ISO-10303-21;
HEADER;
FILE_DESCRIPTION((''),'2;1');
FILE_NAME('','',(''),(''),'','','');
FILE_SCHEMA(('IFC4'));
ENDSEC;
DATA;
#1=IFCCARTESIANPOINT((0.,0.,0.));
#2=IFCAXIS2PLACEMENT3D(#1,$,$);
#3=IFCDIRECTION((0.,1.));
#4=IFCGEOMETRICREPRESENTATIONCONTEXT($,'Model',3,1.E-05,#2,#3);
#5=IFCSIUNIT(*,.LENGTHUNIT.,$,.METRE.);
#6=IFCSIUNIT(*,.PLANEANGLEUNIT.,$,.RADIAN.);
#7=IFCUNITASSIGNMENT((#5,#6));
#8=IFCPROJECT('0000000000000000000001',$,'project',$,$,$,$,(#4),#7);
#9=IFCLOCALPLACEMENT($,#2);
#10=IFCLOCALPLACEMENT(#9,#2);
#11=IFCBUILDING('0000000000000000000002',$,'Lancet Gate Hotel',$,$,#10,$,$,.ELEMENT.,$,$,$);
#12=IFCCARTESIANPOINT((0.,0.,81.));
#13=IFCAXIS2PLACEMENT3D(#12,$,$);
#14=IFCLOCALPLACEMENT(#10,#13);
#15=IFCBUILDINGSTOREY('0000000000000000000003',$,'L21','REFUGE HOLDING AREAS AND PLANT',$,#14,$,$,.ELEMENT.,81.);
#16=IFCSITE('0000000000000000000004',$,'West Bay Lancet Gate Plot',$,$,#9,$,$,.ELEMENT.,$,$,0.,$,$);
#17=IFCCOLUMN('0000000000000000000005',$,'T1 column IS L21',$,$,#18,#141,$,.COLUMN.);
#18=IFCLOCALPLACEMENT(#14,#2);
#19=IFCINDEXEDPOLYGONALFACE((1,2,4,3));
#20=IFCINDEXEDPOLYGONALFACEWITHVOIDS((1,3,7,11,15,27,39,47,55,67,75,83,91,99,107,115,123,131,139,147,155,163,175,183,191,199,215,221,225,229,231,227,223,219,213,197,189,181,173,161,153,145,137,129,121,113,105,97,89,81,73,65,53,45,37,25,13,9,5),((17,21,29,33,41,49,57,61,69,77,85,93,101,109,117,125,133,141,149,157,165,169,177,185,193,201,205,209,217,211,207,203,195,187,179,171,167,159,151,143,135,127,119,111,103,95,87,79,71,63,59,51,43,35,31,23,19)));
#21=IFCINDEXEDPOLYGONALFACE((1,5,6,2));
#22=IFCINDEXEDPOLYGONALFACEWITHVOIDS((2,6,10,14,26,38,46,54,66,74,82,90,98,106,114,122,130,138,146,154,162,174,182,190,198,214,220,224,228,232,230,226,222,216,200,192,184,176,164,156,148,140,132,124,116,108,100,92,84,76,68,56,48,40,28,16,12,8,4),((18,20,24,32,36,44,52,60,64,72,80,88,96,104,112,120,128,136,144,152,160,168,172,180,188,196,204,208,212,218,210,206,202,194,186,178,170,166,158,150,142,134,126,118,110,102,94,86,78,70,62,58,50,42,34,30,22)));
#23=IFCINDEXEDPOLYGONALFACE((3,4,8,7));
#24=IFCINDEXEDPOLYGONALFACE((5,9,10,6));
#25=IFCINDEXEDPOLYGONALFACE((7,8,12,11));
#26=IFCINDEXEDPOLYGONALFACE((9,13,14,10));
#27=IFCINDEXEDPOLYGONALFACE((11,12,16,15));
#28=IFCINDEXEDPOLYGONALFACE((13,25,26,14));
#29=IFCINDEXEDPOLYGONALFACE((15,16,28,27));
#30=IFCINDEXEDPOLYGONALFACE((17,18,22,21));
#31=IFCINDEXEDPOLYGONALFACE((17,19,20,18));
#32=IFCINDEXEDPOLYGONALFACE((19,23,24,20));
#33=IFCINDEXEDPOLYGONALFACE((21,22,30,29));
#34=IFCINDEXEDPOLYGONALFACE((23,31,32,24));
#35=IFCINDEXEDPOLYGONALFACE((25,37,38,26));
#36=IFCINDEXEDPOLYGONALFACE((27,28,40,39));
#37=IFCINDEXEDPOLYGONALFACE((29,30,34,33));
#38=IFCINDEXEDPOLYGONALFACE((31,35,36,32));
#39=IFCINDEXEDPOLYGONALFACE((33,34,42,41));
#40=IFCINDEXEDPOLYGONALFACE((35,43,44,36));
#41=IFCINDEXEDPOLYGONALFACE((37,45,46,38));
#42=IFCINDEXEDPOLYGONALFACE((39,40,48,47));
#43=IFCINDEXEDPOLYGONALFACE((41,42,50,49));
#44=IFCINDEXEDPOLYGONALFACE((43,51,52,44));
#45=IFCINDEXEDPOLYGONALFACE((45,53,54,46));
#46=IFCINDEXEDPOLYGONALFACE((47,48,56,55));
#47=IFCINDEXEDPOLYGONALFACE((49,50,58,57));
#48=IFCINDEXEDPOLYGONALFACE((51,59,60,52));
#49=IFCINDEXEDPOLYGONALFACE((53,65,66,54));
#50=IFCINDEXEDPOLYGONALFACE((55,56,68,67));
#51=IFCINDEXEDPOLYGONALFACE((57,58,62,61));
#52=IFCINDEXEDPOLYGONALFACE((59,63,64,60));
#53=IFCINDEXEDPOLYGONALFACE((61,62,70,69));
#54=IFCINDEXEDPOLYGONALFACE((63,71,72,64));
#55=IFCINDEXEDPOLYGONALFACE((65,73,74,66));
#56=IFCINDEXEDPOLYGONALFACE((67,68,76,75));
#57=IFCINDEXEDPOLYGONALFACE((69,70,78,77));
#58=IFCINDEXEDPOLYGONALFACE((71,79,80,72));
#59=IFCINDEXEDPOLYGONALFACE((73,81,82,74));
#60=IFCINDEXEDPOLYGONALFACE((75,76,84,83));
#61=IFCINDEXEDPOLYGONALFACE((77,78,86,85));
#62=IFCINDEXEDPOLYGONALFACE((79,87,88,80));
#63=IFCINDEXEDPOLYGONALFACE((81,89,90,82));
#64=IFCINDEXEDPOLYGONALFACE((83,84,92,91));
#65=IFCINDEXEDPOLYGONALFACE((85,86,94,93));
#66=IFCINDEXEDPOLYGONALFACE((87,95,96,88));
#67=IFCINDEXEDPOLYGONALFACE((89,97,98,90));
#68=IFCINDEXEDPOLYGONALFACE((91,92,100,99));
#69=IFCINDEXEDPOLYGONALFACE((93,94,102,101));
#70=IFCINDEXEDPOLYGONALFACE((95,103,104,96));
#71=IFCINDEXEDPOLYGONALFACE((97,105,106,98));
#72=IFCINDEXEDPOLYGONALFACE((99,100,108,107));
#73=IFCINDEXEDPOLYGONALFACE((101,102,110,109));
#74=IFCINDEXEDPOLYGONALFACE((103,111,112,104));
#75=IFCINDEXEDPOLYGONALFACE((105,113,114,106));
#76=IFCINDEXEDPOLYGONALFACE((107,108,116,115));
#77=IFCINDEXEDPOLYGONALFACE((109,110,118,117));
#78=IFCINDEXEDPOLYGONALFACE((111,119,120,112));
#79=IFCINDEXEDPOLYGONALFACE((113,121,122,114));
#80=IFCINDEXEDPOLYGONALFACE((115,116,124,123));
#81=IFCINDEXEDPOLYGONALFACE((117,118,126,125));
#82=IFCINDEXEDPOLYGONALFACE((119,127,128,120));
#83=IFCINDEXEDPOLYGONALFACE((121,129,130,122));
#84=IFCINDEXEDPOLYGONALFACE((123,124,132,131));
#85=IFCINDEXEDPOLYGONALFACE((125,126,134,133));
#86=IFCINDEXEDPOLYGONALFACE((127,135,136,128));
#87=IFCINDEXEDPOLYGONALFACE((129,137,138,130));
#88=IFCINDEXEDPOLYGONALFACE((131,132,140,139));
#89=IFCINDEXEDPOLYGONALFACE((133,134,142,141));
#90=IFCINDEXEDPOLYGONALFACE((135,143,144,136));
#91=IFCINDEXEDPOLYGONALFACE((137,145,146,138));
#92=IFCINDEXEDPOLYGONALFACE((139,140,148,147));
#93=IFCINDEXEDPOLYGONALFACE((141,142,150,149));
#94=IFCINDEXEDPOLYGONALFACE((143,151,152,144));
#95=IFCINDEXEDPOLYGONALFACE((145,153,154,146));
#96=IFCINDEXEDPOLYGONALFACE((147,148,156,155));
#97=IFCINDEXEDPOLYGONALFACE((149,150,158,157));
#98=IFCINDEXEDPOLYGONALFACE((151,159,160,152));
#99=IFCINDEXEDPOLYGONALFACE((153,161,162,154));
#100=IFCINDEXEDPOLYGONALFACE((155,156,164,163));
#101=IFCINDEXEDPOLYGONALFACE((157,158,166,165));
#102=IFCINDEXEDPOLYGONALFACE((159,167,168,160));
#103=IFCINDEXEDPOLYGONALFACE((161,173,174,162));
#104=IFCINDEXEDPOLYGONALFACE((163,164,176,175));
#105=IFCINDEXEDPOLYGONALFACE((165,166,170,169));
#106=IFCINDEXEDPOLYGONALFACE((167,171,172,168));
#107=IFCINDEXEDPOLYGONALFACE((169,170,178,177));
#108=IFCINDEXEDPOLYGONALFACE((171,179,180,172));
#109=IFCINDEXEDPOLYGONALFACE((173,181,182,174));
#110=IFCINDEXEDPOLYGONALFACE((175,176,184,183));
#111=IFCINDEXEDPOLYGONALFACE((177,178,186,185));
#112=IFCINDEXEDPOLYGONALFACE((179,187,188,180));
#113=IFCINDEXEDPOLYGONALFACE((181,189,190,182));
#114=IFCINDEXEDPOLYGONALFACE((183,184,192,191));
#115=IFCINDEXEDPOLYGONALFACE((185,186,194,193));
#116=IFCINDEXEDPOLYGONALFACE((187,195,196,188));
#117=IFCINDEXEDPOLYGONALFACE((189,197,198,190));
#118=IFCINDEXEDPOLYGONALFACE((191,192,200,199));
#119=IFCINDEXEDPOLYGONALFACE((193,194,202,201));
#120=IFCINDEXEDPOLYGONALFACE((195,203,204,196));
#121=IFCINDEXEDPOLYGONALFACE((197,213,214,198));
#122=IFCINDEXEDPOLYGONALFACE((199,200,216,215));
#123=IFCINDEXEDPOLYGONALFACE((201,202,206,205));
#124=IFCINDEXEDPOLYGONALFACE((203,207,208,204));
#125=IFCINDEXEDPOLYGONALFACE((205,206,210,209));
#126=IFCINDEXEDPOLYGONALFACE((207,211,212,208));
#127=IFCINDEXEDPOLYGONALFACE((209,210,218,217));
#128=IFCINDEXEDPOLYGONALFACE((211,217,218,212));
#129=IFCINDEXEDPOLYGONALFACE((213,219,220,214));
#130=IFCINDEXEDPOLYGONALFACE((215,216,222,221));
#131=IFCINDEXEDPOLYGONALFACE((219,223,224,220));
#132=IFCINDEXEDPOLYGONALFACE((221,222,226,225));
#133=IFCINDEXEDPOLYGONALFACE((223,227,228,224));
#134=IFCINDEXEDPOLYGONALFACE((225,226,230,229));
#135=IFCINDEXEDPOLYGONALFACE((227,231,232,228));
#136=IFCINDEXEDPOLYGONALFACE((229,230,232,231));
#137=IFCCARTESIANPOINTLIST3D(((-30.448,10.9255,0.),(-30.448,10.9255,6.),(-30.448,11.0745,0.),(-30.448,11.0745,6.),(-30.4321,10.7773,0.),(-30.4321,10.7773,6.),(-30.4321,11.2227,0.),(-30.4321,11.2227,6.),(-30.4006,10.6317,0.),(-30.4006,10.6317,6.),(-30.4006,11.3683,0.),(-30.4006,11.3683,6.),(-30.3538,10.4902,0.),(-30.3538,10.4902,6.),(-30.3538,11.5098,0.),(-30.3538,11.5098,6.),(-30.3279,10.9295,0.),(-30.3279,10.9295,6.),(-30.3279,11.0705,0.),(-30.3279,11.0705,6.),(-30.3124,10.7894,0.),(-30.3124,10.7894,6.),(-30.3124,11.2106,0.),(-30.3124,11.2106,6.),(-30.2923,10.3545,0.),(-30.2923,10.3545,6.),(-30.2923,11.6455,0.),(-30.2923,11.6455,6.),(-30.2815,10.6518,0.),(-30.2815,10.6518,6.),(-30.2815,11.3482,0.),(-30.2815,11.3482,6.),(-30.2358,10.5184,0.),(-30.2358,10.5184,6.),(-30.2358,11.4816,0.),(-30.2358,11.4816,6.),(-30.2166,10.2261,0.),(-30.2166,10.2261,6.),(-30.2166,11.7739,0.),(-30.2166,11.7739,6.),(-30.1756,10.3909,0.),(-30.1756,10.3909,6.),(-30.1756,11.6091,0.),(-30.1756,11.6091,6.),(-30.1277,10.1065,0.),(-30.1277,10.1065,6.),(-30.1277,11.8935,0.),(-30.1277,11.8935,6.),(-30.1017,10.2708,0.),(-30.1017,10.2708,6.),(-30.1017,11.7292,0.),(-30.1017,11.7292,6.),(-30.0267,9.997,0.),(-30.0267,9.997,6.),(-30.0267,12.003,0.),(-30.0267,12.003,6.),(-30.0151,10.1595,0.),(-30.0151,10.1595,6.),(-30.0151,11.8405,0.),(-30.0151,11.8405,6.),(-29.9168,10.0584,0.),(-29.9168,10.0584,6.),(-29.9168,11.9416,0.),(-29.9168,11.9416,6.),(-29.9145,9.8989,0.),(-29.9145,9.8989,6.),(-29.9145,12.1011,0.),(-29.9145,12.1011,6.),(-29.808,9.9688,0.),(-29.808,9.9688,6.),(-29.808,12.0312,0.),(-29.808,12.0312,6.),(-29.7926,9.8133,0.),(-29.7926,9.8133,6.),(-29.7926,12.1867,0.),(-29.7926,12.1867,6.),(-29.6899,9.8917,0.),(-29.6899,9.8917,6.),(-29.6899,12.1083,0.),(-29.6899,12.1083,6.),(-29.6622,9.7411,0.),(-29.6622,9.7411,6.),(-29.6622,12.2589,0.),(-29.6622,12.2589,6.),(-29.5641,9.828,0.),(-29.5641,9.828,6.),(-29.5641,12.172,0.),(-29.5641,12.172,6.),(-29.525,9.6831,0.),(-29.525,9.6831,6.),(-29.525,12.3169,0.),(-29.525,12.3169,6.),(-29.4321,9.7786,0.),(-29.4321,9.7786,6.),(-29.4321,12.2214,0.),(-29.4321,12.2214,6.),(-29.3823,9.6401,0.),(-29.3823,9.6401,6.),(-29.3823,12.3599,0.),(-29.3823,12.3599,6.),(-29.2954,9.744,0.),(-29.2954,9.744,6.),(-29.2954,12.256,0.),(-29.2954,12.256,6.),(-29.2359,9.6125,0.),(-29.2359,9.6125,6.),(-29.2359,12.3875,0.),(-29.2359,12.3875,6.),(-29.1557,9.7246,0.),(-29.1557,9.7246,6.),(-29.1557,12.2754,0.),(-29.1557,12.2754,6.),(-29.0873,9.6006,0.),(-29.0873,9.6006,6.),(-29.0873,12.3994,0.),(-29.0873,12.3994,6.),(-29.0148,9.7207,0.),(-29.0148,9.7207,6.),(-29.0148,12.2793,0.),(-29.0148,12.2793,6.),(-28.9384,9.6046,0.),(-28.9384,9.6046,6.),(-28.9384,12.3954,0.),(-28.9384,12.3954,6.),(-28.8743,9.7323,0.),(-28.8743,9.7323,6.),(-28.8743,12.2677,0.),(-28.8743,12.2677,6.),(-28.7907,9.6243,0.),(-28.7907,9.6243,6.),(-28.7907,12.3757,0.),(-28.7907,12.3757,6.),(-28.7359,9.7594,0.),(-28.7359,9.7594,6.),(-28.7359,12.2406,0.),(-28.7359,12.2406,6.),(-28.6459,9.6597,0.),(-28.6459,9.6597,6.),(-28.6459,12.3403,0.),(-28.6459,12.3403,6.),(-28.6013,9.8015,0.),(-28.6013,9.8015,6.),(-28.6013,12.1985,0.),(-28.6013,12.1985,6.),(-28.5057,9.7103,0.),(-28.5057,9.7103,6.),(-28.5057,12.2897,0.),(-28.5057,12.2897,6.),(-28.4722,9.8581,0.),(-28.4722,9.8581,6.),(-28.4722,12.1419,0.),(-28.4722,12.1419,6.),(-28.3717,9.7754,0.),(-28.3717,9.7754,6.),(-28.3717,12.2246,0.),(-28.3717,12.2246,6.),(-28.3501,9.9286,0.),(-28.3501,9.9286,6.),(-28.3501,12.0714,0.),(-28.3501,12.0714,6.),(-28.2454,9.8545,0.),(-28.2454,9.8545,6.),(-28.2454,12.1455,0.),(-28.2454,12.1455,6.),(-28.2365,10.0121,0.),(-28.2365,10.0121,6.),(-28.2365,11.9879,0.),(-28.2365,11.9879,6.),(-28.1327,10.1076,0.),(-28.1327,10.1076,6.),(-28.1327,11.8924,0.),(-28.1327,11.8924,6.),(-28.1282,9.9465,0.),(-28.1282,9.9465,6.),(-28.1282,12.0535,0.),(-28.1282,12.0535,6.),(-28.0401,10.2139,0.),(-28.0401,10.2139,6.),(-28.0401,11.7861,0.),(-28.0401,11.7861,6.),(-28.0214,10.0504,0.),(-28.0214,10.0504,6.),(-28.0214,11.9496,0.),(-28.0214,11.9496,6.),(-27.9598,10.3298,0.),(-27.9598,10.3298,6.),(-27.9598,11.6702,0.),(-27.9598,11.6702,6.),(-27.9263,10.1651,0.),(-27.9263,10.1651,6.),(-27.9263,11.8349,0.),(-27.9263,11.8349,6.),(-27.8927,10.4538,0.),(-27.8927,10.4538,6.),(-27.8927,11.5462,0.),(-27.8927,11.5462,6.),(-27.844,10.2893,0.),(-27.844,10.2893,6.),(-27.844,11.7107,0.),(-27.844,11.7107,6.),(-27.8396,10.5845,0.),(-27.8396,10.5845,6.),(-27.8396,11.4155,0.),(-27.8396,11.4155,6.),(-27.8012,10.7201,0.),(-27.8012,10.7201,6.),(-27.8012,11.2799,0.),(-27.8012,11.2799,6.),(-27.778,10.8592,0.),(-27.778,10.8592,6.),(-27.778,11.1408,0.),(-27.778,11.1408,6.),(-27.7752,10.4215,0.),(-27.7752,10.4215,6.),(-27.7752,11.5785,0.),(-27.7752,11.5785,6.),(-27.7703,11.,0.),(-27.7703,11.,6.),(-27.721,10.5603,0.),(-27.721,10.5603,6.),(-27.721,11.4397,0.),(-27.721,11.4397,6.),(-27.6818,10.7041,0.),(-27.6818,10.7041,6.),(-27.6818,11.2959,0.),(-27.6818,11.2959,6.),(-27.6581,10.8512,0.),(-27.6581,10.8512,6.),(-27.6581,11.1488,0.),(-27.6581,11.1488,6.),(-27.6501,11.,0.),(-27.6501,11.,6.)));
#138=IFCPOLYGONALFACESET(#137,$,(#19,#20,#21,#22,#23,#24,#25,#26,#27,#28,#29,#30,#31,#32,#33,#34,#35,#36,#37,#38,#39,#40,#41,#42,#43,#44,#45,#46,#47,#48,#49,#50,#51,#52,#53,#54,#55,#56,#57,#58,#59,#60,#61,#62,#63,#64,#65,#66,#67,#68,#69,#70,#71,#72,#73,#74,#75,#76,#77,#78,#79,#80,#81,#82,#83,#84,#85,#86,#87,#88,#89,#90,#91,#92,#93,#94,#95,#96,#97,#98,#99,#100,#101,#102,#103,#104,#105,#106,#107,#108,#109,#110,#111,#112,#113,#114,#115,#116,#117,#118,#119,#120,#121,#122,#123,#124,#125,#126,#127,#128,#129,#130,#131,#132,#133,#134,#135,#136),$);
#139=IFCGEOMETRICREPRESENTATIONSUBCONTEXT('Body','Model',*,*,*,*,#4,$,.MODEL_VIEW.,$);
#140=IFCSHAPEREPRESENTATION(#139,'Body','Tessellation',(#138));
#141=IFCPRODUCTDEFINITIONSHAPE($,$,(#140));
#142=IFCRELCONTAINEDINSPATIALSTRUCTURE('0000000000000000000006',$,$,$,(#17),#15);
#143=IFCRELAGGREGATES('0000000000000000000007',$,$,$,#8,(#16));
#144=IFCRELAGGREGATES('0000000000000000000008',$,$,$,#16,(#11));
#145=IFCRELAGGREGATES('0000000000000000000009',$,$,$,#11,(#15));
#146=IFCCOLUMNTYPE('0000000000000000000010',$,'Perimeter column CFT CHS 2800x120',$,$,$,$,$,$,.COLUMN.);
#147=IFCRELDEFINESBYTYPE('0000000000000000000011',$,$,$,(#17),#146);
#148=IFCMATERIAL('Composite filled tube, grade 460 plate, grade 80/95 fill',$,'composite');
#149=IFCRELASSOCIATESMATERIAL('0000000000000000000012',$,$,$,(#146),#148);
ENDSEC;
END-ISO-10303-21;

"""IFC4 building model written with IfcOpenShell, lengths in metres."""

from ifc_helpers import new_model, si_unit, direction, frame, origin, origin_2d, place, context, subcontext, project, spatial, hollow_circle, extrude, material, material_profile, profile_set, type_object, element, save


model = new_model("IFC4")

# Units and contexts
model_context = context("Model", 3, precision=1e-05, world=origin(), true_north=direction((0.0, 1.0)))
body_context = subcontext(model_context, "Body", "Model", "MODEL_VIEW")
ifc_project = project(units=[si_unit("LENGTHUNIT", "METRE"), si_unit("PLANEANGLEUNIT", "RADIAN")], contexts=[model_context])

# Site, building, storey
site_placement = place(None, origin())
site = spatial("IfcSite", under=ifc_project, at=site_placement, Name="West Bay Lancet Gate Plot", CompositionType="ELEMENT", RefElevation=0.0)
building_placement = place(site_placement, origin())
building = spatial("IfcBuilding", under=site, at=building_placement, Name="Lancet Gate Hotel", CompositionType="ELEMENT")
storey_placement = place(building_placement, frame((0.0, 0.0, 81.0)))
storey = spatial("IfcBuildingStorey", under=building, at=storey_placement, Name="L21", Description="REFUGE HOLDING AREAS AND PLANT", CompositionType="ELEMENT", Elevation=81.0)

# Column
ifc_material_1 = material(Name="Composite filled tube, grade 460 plate, grade 80/95 fill", Category="composite")
ifc_material_profile_1 = material_profile(ifc_material_1, hollow_circle(Radius=1.3999, WallThickness=0.1201, at=origin_2d()), Name="CHS 2800x120")
ifc_profile_set_1 = profile_set([ifc_material_profile_1], Name="Composite filled tube, grade 460 plate, grade 80/95 fill")
column_type = type_object("IfcColumnType", Name="Perimeter column CFT CHS 2800x120", PredefinedType="COLUMN", material=ifc_profile_set_1)
for number, where, z_axis, x_axis, name in (
    (1, (-29.05, 11.0, 0.0), (0.0, 0.0, 1.0), (1.0, 0.0, 0.0), "T1 column IS L21"),
):
    element("IfcColumn", number, at=place(storey_placement, frame(where, z_axis=z_axis, x_axis=x_axis)), inside=storey, type_object=column_type, Name=name, PredefinedType="COLUMN", context=body_context, shape_type="SweptSolid", body=[
        extrude(hollow_circle(Radius=1.3999, WallThickness=0.1201, at=origin_2d()), origin(), (0.0, 0.0, 1.0), 6.0),
    ])

save(model, "model.ifc")
